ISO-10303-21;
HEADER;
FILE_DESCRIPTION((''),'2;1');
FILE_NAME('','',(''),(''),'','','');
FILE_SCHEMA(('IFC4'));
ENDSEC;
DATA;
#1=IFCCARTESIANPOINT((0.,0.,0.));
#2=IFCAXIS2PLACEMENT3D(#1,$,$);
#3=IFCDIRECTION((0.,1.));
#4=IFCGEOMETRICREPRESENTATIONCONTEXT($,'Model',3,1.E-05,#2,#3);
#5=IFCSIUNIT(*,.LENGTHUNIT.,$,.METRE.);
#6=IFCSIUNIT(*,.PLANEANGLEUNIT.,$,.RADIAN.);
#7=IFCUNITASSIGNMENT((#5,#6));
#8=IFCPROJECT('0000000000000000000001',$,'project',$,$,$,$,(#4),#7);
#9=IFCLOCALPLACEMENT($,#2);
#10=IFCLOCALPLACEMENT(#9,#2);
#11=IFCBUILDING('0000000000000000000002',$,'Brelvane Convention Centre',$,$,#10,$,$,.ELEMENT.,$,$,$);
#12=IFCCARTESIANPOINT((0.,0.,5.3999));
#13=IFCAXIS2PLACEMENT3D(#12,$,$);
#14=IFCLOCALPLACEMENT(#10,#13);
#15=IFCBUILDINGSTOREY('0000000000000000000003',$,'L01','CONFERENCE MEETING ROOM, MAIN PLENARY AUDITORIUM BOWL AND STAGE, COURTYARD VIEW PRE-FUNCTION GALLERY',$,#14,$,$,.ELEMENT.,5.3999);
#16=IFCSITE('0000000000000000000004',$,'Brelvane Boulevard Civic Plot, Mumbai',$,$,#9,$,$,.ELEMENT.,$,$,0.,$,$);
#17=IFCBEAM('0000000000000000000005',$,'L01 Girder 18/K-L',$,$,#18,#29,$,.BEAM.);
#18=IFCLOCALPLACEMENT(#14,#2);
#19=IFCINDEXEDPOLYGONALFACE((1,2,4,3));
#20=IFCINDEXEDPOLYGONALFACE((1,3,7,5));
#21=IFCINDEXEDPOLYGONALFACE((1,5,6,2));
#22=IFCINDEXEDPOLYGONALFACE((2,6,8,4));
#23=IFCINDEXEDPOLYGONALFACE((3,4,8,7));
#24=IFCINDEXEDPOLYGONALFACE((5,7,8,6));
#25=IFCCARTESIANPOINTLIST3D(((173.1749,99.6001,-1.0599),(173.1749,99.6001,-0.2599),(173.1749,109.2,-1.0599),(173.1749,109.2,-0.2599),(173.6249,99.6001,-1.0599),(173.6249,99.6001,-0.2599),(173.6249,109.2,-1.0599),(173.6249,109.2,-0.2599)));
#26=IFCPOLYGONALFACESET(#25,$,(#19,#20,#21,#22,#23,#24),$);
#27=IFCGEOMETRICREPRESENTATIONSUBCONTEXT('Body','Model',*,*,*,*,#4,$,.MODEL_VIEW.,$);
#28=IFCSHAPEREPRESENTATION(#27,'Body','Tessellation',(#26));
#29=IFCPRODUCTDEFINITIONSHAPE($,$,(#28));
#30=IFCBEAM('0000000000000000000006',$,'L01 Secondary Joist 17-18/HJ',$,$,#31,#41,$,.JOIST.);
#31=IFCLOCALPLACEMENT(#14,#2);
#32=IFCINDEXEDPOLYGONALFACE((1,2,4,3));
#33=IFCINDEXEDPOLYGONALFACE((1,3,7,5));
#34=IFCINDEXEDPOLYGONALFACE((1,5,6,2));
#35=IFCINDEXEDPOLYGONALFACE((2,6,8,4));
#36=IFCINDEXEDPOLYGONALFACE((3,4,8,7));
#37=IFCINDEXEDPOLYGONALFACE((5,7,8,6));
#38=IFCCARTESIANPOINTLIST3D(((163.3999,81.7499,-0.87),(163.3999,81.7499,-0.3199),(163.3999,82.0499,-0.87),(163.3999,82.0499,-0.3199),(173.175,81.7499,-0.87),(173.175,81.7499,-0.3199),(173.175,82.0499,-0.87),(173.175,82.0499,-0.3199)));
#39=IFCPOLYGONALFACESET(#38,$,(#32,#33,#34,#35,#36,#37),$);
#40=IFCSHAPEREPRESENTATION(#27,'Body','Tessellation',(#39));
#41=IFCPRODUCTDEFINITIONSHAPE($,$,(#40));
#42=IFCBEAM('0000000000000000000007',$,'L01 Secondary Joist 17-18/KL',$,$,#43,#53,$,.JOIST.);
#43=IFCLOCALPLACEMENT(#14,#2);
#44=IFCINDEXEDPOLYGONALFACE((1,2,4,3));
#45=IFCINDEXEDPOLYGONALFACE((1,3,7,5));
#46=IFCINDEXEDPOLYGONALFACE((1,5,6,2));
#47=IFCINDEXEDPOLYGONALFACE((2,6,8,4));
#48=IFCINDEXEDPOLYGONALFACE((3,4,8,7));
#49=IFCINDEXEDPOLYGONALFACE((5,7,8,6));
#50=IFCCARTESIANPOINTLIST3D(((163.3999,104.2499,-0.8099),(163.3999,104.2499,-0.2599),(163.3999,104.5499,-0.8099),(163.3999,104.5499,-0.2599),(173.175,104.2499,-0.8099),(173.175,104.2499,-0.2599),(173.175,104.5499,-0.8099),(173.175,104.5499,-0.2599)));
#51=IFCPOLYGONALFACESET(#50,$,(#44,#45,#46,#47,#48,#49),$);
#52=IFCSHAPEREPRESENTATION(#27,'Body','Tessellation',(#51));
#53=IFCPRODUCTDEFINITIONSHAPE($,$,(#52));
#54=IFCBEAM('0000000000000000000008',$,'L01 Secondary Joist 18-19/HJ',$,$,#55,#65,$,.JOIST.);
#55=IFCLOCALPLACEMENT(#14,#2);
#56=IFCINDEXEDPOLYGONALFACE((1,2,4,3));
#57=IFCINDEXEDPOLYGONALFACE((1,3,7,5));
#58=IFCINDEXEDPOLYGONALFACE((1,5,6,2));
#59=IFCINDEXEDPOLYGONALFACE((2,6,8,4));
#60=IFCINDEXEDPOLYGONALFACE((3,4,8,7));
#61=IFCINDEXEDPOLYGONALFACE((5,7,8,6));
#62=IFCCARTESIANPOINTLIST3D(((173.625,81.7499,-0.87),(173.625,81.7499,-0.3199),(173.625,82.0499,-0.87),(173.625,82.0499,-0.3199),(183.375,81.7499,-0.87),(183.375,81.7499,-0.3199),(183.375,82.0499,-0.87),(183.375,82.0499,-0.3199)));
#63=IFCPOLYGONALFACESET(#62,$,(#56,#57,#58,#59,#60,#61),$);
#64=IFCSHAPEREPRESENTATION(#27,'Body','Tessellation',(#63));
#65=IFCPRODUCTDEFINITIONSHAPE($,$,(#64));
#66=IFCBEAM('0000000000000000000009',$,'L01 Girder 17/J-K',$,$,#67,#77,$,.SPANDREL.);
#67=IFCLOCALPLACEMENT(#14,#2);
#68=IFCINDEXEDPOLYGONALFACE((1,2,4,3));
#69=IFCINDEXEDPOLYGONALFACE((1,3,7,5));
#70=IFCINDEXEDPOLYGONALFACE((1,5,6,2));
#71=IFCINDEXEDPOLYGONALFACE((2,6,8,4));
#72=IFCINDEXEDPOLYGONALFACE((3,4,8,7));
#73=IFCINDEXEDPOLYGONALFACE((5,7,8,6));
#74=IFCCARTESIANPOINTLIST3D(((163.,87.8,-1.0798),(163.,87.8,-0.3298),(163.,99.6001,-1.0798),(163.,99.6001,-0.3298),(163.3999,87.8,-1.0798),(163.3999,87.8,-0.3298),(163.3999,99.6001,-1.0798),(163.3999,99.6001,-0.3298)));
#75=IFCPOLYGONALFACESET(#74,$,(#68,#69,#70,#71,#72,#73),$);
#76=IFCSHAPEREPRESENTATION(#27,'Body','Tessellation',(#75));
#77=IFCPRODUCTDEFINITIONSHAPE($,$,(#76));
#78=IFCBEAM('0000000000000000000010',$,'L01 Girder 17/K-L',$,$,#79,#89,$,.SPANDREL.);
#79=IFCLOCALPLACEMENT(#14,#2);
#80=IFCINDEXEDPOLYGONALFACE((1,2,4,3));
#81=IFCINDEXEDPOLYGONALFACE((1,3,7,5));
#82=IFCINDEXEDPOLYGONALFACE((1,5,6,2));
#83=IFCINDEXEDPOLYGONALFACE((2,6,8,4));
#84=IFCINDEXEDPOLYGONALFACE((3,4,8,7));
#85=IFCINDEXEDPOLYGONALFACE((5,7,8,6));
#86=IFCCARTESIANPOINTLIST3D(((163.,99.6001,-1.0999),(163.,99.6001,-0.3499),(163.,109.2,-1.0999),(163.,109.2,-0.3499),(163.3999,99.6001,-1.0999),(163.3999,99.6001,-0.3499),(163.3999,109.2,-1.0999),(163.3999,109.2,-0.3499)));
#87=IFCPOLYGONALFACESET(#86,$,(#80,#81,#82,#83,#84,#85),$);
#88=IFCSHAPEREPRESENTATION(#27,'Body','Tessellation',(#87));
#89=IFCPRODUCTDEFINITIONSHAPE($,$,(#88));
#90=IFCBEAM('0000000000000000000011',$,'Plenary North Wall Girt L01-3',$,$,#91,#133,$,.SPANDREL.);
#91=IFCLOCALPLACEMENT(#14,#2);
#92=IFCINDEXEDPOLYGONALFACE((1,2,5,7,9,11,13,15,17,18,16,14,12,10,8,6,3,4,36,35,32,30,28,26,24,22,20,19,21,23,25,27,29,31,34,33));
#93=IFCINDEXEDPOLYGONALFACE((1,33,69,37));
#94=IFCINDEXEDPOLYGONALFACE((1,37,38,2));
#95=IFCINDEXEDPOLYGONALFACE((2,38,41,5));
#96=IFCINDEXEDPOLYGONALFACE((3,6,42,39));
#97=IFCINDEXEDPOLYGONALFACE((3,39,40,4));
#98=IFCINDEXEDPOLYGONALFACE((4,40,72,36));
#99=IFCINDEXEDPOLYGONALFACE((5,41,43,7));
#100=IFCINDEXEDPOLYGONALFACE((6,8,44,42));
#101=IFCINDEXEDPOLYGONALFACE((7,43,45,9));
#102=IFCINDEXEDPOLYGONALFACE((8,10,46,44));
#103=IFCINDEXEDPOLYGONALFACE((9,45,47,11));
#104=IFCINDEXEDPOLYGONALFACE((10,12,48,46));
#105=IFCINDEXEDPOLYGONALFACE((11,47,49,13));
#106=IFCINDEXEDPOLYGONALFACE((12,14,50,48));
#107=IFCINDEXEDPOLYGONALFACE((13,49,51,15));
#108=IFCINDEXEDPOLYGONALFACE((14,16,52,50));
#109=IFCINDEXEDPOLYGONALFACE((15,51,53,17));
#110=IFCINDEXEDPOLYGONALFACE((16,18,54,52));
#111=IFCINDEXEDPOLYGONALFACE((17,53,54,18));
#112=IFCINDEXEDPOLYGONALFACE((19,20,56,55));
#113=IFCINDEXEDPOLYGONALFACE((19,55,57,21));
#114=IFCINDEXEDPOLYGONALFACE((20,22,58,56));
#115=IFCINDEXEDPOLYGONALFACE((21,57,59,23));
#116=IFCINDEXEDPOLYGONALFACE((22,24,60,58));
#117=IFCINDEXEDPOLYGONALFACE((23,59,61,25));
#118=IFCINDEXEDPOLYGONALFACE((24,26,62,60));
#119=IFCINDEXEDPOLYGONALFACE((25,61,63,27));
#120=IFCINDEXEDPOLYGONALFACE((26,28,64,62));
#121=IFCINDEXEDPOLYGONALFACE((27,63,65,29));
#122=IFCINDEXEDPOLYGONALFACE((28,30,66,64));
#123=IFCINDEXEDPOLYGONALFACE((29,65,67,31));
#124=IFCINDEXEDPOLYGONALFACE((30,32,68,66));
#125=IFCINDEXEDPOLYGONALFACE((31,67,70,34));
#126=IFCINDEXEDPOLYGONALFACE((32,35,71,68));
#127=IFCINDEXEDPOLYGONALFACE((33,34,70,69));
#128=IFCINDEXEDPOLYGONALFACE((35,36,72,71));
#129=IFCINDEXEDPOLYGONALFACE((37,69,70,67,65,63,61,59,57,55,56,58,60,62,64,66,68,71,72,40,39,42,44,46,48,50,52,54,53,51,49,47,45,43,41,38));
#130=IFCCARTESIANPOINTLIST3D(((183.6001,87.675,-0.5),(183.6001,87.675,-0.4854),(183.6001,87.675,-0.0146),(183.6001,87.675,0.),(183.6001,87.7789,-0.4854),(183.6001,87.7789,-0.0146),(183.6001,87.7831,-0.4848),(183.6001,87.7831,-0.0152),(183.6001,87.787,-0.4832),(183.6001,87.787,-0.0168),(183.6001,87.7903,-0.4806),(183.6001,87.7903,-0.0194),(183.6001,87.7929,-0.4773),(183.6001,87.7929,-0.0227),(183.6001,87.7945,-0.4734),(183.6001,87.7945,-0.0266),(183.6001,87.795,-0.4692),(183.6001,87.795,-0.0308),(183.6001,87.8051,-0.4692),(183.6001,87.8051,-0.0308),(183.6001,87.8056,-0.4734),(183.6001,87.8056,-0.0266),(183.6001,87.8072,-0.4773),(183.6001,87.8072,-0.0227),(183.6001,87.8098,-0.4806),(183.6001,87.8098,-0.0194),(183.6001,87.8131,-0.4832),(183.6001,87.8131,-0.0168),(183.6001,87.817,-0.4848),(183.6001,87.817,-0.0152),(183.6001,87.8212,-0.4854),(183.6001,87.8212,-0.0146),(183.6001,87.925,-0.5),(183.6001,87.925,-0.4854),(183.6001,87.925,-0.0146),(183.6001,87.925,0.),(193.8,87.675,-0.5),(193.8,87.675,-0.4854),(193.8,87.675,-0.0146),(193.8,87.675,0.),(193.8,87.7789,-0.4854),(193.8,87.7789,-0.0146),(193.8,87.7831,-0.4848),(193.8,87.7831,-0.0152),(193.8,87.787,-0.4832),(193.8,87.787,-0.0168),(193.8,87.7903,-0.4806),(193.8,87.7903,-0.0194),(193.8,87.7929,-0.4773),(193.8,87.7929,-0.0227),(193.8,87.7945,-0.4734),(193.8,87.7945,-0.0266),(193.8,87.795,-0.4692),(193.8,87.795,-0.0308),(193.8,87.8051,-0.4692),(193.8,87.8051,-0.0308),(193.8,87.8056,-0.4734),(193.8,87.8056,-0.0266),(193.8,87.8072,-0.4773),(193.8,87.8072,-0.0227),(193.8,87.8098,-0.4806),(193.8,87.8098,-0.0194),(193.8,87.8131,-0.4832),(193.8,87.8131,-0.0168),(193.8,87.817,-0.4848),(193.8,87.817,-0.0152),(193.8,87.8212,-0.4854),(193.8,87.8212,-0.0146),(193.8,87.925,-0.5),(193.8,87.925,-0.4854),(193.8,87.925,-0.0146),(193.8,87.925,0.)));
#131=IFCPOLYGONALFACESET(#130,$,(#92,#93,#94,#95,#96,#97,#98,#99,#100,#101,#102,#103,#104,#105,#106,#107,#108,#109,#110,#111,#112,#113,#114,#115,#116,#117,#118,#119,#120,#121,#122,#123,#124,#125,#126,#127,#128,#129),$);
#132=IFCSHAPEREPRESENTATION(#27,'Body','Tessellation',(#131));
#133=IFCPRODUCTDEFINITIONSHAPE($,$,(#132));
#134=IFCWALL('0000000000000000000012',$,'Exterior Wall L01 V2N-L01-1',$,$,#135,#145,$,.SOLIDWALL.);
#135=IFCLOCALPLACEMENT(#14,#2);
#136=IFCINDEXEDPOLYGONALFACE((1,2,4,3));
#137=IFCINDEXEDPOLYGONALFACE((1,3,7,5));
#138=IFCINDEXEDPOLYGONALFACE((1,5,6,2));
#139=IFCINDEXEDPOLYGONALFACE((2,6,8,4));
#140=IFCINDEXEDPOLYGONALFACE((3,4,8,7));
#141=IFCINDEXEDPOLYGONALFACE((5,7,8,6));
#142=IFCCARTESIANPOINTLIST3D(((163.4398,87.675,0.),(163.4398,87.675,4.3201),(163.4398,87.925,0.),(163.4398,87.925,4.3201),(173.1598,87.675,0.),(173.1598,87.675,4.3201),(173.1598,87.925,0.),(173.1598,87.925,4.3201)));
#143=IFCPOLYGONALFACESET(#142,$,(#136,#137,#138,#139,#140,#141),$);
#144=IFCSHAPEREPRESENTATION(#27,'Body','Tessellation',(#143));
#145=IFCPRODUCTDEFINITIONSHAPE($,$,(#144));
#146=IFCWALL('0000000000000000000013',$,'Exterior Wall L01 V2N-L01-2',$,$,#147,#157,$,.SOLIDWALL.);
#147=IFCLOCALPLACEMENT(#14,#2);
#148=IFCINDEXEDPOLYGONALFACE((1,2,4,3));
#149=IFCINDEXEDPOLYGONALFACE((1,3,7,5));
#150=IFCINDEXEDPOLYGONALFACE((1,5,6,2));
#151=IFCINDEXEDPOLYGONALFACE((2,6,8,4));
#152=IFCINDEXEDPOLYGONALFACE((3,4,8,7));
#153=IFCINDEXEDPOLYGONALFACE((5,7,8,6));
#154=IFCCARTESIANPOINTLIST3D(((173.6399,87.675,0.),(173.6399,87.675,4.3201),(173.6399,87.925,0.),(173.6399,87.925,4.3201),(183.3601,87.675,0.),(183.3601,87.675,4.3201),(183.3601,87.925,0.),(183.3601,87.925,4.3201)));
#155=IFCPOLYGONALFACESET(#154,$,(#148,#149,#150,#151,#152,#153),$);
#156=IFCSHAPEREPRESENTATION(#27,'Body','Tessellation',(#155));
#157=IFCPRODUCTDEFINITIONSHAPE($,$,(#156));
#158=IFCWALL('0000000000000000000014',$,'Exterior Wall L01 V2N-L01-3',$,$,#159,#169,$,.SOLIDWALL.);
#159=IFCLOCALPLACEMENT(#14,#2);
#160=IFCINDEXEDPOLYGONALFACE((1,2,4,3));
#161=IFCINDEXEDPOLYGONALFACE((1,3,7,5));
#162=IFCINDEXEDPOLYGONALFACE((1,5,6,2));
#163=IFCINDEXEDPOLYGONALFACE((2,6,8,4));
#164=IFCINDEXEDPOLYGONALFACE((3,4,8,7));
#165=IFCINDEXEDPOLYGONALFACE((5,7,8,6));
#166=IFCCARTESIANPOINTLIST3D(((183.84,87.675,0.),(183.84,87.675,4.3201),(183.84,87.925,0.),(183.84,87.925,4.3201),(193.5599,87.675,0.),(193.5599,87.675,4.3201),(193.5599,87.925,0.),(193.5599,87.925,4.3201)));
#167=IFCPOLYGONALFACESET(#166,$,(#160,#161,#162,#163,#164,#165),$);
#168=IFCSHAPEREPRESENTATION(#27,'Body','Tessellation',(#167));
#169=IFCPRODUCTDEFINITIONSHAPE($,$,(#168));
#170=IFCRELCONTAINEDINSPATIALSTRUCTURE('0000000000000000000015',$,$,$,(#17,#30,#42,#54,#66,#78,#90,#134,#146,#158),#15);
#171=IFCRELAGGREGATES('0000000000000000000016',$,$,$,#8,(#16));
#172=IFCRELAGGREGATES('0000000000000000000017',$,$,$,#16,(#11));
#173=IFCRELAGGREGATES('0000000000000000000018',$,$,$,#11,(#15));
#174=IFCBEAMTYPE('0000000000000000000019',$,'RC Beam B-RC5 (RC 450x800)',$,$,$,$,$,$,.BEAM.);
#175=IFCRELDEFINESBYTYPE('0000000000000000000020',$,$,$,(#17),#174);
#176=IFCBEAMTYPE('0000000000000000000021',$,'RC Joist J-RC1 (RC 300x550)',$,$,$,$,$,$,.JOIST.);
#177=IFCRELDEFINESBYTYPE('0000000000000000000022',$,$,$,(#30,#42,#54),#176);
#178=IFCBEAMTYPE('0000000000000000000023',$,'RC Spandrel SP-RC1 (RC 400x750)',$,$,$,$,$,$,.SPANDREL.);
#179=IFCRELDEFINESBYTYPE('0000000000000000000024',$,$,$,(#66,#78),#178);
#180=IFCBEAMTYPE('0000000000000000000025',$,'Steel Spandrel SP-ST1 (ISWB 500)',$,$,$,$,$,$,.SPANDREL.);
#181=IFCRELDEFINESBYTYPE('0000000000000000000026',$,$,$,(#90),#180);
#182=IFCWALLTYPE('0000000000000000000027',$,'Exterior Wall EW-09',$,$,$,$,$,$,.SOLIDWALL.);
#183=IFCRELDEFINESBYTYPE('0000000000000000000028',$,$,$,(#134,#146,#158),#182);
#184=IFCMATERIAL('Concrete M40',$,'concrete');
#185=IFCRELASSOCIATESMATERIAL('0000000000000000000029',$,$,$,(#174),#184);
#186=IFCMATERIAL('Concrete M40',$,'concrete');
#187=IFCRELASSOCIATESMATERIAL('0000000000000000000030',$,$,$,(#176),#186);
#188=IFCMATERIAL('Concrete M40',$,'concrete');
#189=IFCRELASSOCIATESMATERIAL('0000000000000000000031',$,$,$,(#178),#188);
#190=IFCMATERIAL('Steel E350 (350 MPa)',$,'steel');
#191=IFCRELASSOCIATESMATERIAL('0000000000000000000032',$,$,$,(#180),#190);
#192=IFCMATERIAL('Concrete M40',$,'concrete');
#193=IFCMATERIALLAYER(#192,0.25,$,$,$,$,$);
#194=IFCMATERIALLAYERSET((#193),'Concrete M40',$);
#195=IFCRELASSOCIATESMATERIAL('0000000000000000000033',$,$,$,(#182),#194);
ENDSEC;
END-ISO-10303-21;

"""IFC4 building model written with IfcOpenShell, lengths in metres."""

from ifc_helpers import new_model, si_unit, direction, frame, frame_2d, origin, origin_2d, place, context, subcontext, project, spatial, rectangle, i_section, extrude, material, layer, layer_set, material_profile, profile_set, type_object, element, save


model = new_model("IFC4")

# Units and contexts
model_context = context("Model", 3, precision=1e-05, world=origin(), true_north=direction((0.0, 1.0)))
body_context = subcontext(model_context, "Body", "Model", "MODEL_VIEW")
ifc_project = project(units=[si_unit("LENGTHUNIT", "METRE"), si_unit("PLANEANGLEUNIT", "RADIAN")], contexts=[model_context])

# Site, building, storey
site_placement = place(None, origin())
site = spatial("IfcSite", under=ifc_project, at=site_placement, Name="Brelvane Boulevard Civic Plot, Mumbai", CompositionType="ELEMENT", RefElevation=0.0)
building_placement = place(site_placement, origin())
building = spatial("IfcBuilding", under=site, at=building_placement, Name="Brelvane Convention Centre", CompositionType="ELEMENT")
storey_placement = place(building_placement, frame((0.0, 0.0, 5.3999)))
storey = spatial("IfcBuildingStorey", under=building, at=storey_placement, Name="L01", Description="CONFERENCE MEETING ROOM, MAIN PLENARY AUDITORIUM BOWL AND STAGE, COURTYARD VIEW PRE-FUNCTION GALLERY", CompositionType="ELEMENT", Elevation=5.3999)

# Beams
ifc_material_1 = material(Name="Concrete M40", Category="concrete")
ifc_material_profile_1 = material_profile(ifc_material_1, rectangle(XDim=0.45, YDim=0.8, at=origin_2d()), Name="RC 450x800")
ifc_profile_set_1 = profile_set([ifc_material_profile_1], Name="Concrete M40")
beam_type_1 = type_object("IfcBeamType", Name="RC Beam B-RC5 (RC 450x800)", PredefinedType="BEAM", material=ifc_profile_set_1)
beam_1_placement = place(storey_placement, frame((173.3999, 99.6001, -0.6599), z_axis=(0.0, 1.0, 0.0), x_axis=(-1.0, 0.0, 0.0)))
element("IfcBeam", 1, at=beam_1_placement, inside=storey, type_object=beam_type_1, Name="L01 Girder 18/K-L", PredefinedType="BEAM", context=body_context, shape_type="SweptSolid", body=[
    extrude(rectangle(XDim=0.45, YDim=0.8, at=origin_2d()), origin(), (0.0, 0.0, 1.0), 9.5999),
])
ifc_material_2 = material(Name="Concrete M40", Category="concrete")
ifc_material_profile_2 = material_profile(ifc_material_2, rectangle(XDim=0.3, YDim=0.55, at=origin_2d()), Name="RC 300x550")
ifc_profile_set_2 = profile_set([ifc_material_profile_2], Name="Concrete M40")
beam_type_2 = type_object("IfcBeamType", Name="RC Joist J-RC1 (RC 300x550)", PredefinedType="JOIST", material=ifc_profile_set_2)
for number, where, z_axis, x_axis, name in (
    (2, (163.3999, 81.8999, -0.595), (1.0, 0.0, 0.0), (0.0, 1.0, 0.0), "L01 Secondary Joist 17-18/HJ"),
    (3, (163.3999, 104.3999, -0.5349), (1.0, 0.0, 0.0), (0.0, 1.0, 0.0), "L01 Secondary Joist 17-18/KL"),
):
    element("IfcBeam", number, at=place(storey_placement, frame(where, z_axis=z_axis, x_axis=x_axis)), inside=storey, type_object=beam_type_2, Name=name, PredefinedType="JOIST", context=body_context, shape_type="SweptSolid", body=[
        extrude(rectangle(XDim=0.3, YDim=0.55, at=origin_2d()), origin(), (0.0, 0.0, 1.0), 9.7751),
    ])
beam_2_placement = place(storey_placement, frame((173.625, 81.8999, -0.595), z_axis=(1.0, 0.0, 0.0), x_axis=(0.0, 1.0, 0.0)))
element("IfcBeam", 4, at=beam_2_placement, inside=storey, type_object=beam_type_2, Name="L01 Secondary Joist 18-19/HJ", PredefinedType="JOIST", context=body_context, shape_type="SweptSolid", body=[
    extrude(rectangle(XDim=0.3, YDim=0.55, at=origin_2d()), origin(), (0.0, 0.0, 1.0), 9.75),
])
ifc_material_3 = material(Name="Concrete M40", Category="concrete")
ifc_material_profile_3 = material_profile(ifc_material_3, rectangle(XDim=0.3999, YDim=0.75, at=origin_2d()), Name="RC 400x750")
ifc_profile_set_3 = profile_set([ifc_material_profile_3], Name="Concrete M40")
beam_type_3 = type_object("IfcBeamType", Name="RC Spandrel SP-RC1 (RC 400x750)", PredefinedType="SPANDREL", material=ifc_profile_set_3)
beam_3_placement = place(storey_placement, frame((163.2, 87.8, -0.7048), z_axis=(0.0, 1.0, 0.0), x_axis=(-1.0, 0.0, 0.0)))
element("IfcBeam", 5, at=beam_3_placement, inside=storey, type_object=beam_type_3, Name="L01 Girder 17/J-K", PredefinedType="SPANDREL", context=body_context, shape_type="SweptSolid", body=[
    extrude(rectangle(XDim=0.3999, YDim=0.75, at=origin_2d()), origin(), (0.0, 0.0, 1.0), 11.8),
])
beam_4_placement = place(storey_placement, frame((163.2, 99.6001, -0.7249), z_axis=(0.0, 1.0, 0.0), x_axis=(-1.0, 0.0, 0.0)))
element("IfcBeam", 6, at=beam_4_placement, inside=storey, type_object=beam_type_3, Name="L01 Girder 17/K-L", PredefinedType="SPANDREL", context=body_context, shape_type="SweptSolid", body=[
    extrude(rectangle(XDim=0.3999, YDim=0.75, at=origin_2d()), origin(), (0.0, 0.0, 1.0), 9.5999),
])
ifc_material_4 = material(Name="Steel E350 (350 MPa)", Category="steel")
ifc_material_profile_4 = material_profile(ifc_material_4, i_section(OverallWidth=0.25, OverallDepth=0.5, WebThickness=0.01, FlangeThickness=0.0146, FilletRadius=0.0161, at=origin_2d()), Name="ISWB 500")
ifc_profile_set_4 = profile_set([ifc_material_profile_4], Name="Steel E350 (350 MPa)")
beam_type_4 = type_object("IfcBeamType", Name="Steel Spandrel SP-ST1 (ISWB 500)", PredefinedType="SPANDREL", material=ifc_profile_set_4)
beam_5_placement = place(storey_placement, frame((183.6001, 87.8, -0.25), z_axis=(1.0, 0.0, 0.0), x_axis=(0.0, 1.0, 0.0)))
element("IfcBeam", 7, at=beam_5_placement, inside=storey, type_object=beam_type_4, Name="Plenary North Wall Girt L01-3", PredefinedType="SPANDREL", context=body_context, shape_type="SweptSolid", body=[
    extrude(i_section(OverallWidth=0.25, OverallDepth=0.5, WebThickness=0.01, FlangeThickness=0.0146, FilletRadius=0.0161, at=origin_2d()), origin(), (0.0, 0.0, 1.0), 10.2),
])

# Walls
ifc_material_5 = material(Name="Concrete M40", Category="concrete")
ifc_layer_1 = layer(ifc_material_5, 0.25)
ifc_layer_set_1 = layer_set([ifc_layer_1], Name="Concrete M40")
wall_type_1 = type_object("IfcWallType", Name="Exterior Wall EW-09", PredefinedType="SOLIDWALL", material=ifc_layer_set_1)
wall_1_placement = place(storey_placement, frame((163.4399, 87.8, 0.0), z_axis=(0.0, 0.0, 1.0), x_axis=(1.0, 0.0, 0.0)))
element("IfcWall", 8, at=wall_1_placement, inside=storey, type_object=wall_type_1, Name="Exterior Wall L01 V2N-L01-1", PredefinedType="SOLIDWALL", context=body_context, shape_type="SweptSolid", body=[
    extrude(rectangle(XDim=9.72, YDim=0.25, at=frame_2d((4.8599, 0.0))), origin(), (0.0, 0.0, 1.0), 4.3201),
])
wall_2_placement = place(storey_placement, frame((173.6399, 87.8, 0.0), z_axis=(0.0, 0.0, 1.0), x_axis=(1.0, 0.0, 0.0)))
element("IfcWall", 9, at=wall_2_placement, inside=storey, type_object=wall_type_1, Name="Exterior Wall L01 V2N-L01-2", PredefinedType="SOLIDWALL", context=body_context, shape_type="SweptSolid", body=[
    extrude(rectangle(XDim=9.7202, YDim=0.25, at=frame_2d((4.8601, 0.0))), origin(), (0.0, 0.0, 1.0), 4.3201),
])
wall_3_placement = place(storey_placement, frame((183.8401, 87.8, 0.0), z_axis=(0.0, 0.0, 1.0), x_axis=(1.0, 0.0, 0.0)))
element("IfcWall", 10, at=wall_3_placement, inside=storey, type_object=wall_type_1, Name="Exterior Wall L01 V2N-L01-3", PredefinedType="SOLIDWALL", context=body_context, shape_type="SweptSolid", body=[
    extrude(rectangle(XDim=9.72, YDim=0.25, at=frame_2d((4.8599, 0.0))), origin(), (0.0, 0.0, 1.0), 4.3201),
])

save(model, "model.ifc")
